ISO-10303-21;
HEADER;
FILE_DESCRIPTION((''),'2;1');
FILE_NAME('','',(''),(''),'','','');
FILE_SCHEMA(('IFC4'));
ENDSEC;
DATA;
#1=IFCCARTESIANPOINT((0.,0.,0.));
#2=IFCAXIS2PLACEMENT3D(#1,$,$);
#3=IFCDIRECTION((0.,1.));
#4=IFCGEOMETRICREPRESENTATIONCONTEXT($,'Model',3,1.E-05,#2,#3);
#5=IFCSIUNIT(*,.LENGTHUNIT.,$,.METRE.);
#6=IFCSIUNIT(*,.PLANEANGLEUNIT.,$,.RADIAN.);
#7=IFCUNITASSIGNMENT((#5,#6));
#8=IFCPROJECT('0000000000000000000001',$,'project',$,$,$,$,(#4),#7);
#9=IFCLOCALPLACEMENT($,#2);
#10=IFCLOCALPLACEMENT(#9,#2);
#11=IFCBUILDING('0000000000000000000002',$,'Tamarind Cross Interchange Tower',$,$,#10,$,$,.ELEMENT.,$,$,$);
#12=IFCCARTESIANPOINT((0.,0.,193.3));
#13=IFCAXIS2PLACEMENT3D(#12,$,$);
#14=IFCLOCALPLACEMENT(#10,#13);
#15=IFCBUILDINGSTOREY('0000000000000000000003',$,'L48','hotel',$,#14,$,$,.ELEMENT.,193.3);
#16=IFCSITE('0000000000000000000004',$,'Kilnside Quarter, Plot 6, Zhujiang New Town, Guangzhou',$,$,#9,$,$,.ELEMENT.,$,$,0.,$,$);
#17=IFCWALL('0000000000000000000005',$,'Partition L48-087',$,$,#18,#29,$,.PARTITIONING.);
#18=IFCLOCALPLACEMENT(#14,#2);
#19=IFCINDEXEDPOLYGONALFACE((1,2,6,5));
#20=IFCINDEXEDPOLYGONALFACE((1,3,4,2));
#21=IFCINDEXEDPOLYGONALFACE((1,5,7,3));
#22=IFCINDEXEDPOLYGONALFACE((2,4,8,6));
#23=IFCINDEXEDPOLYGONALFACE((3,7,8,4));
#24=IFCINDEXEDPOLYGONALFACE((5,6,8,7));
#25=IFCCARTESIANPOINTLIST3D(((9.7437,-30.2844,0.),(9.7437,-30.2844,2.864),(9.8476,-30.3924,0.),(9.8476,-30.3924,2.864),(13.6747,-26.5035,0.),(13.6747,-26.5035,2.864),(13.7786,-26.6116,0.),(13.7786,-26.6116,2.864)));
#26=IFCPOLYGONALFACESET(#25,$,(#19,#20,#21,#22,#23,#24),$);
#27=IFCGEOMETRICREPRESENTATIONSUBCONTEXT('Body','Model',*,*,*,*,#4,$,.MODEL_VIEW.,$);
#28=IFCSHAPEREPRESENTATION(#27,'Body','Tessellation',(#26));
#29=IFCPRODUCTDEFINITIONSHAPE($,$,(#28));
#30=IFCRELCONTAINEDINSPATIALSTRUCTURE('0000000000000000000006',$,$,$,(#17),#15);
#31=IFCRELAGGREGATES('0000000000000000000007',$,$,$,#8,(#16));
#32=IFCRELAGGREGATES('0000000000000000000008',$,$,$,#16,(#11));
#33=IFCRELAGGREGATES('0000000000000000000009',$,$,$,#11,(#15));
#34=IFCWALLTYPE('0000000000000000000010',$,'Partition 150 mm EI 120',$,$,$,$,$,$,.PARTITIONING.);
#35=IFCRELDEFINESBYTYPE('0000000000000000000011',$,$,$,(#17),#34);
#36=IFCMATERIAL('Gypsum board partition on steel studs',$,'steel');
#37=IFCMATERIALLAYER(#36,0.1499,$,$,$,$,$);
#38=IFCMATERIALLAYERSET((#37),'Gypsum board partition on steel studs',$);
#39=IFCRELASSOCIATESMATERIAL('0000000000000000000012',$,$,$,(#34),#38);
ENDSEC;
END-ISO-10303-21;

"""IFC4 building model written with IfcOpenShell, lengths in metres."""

from ifc_helpers import new_model, si_unit, direction, frame, frame_2d, origin, place, context, subcontext, project, spatial, rectangle, extrude, material, layer, layer_set, type_object, element, save


model = new_model("IFC4")

# Units and contexts
model_context = context("Model", 3, precision=1e-05, world=origin(), true_north=direction((0.0, 1.0)))
body_context = subcontext(model_context, "Body", "Model", "MODEL_VIEW")
ifc_project = project(units=[si_unit("LENGTHUNIT", "METRE"), si_unit("PLANEANGLEUNIT", "RADIAN")], contexts=[model_context])

# Site, building, storey
site_placement = place(None, origin())
site = spatial("IfcSite", under=ifc_project, at=site_placement, Name="Kilnside Quarter, Plot 6, Zhujiang New Town, Guangzhou", CompositionType="ELEMENT", RefElevation=0.0)
building_placement = place(site_placement, origin())
building = spatial("IfcBuilding", under=site, at=building_placement, Name="Tamarind Cross Interchange Tower", CompositionType="ELEMENT")
storey_placement = place(building_placement, frame((0.0, 0.0, 193.3)))
storey = spatial("IfcBuildingStorey", under=building, at=storey_placement, Name="L48", Description="hotel", CompositionType="ELEMENT", Elevation=193.3)

# Shared definitions
ifc_material_1 = material(Name="Gypsum board partition on steel studs", Category="steel")
ifc_layer_1 = layer(ifc_material_1, 0.1499)
ifc_layer_set_1 = layer_set([ifc_layer_1], Name="Gypsum board partition on steel studs")
wall_type = type_object("IfcWallType", Name="Partition 150 mm EI 120", PredefinedType="PARTITIONING", material=ifc_layer_set_1)

# Wall
wall_1_placement = place(storey_placement, frame((9.7957, -30.3384, 0.0), z_axis=(0.0, 0.0, 1.0), x_axis=(0.720738, 0.693208, 0.0)))
element("IfcWall", 1, at=wall_1_placement, inside=storey, type_object=wall_type, Name="Partition L48-087", PredefinedType="PARTITIONING", context=body_context, shape_type="SweptSolid", body=[
    extrude(rectangle(XDim=5.4541, YDim=0.1499, at=frame_2d((2.7271, 0.0))), origin(), (0.0, 0.0, 1.0), 2.864),
])

save(model, "model.ifc")
